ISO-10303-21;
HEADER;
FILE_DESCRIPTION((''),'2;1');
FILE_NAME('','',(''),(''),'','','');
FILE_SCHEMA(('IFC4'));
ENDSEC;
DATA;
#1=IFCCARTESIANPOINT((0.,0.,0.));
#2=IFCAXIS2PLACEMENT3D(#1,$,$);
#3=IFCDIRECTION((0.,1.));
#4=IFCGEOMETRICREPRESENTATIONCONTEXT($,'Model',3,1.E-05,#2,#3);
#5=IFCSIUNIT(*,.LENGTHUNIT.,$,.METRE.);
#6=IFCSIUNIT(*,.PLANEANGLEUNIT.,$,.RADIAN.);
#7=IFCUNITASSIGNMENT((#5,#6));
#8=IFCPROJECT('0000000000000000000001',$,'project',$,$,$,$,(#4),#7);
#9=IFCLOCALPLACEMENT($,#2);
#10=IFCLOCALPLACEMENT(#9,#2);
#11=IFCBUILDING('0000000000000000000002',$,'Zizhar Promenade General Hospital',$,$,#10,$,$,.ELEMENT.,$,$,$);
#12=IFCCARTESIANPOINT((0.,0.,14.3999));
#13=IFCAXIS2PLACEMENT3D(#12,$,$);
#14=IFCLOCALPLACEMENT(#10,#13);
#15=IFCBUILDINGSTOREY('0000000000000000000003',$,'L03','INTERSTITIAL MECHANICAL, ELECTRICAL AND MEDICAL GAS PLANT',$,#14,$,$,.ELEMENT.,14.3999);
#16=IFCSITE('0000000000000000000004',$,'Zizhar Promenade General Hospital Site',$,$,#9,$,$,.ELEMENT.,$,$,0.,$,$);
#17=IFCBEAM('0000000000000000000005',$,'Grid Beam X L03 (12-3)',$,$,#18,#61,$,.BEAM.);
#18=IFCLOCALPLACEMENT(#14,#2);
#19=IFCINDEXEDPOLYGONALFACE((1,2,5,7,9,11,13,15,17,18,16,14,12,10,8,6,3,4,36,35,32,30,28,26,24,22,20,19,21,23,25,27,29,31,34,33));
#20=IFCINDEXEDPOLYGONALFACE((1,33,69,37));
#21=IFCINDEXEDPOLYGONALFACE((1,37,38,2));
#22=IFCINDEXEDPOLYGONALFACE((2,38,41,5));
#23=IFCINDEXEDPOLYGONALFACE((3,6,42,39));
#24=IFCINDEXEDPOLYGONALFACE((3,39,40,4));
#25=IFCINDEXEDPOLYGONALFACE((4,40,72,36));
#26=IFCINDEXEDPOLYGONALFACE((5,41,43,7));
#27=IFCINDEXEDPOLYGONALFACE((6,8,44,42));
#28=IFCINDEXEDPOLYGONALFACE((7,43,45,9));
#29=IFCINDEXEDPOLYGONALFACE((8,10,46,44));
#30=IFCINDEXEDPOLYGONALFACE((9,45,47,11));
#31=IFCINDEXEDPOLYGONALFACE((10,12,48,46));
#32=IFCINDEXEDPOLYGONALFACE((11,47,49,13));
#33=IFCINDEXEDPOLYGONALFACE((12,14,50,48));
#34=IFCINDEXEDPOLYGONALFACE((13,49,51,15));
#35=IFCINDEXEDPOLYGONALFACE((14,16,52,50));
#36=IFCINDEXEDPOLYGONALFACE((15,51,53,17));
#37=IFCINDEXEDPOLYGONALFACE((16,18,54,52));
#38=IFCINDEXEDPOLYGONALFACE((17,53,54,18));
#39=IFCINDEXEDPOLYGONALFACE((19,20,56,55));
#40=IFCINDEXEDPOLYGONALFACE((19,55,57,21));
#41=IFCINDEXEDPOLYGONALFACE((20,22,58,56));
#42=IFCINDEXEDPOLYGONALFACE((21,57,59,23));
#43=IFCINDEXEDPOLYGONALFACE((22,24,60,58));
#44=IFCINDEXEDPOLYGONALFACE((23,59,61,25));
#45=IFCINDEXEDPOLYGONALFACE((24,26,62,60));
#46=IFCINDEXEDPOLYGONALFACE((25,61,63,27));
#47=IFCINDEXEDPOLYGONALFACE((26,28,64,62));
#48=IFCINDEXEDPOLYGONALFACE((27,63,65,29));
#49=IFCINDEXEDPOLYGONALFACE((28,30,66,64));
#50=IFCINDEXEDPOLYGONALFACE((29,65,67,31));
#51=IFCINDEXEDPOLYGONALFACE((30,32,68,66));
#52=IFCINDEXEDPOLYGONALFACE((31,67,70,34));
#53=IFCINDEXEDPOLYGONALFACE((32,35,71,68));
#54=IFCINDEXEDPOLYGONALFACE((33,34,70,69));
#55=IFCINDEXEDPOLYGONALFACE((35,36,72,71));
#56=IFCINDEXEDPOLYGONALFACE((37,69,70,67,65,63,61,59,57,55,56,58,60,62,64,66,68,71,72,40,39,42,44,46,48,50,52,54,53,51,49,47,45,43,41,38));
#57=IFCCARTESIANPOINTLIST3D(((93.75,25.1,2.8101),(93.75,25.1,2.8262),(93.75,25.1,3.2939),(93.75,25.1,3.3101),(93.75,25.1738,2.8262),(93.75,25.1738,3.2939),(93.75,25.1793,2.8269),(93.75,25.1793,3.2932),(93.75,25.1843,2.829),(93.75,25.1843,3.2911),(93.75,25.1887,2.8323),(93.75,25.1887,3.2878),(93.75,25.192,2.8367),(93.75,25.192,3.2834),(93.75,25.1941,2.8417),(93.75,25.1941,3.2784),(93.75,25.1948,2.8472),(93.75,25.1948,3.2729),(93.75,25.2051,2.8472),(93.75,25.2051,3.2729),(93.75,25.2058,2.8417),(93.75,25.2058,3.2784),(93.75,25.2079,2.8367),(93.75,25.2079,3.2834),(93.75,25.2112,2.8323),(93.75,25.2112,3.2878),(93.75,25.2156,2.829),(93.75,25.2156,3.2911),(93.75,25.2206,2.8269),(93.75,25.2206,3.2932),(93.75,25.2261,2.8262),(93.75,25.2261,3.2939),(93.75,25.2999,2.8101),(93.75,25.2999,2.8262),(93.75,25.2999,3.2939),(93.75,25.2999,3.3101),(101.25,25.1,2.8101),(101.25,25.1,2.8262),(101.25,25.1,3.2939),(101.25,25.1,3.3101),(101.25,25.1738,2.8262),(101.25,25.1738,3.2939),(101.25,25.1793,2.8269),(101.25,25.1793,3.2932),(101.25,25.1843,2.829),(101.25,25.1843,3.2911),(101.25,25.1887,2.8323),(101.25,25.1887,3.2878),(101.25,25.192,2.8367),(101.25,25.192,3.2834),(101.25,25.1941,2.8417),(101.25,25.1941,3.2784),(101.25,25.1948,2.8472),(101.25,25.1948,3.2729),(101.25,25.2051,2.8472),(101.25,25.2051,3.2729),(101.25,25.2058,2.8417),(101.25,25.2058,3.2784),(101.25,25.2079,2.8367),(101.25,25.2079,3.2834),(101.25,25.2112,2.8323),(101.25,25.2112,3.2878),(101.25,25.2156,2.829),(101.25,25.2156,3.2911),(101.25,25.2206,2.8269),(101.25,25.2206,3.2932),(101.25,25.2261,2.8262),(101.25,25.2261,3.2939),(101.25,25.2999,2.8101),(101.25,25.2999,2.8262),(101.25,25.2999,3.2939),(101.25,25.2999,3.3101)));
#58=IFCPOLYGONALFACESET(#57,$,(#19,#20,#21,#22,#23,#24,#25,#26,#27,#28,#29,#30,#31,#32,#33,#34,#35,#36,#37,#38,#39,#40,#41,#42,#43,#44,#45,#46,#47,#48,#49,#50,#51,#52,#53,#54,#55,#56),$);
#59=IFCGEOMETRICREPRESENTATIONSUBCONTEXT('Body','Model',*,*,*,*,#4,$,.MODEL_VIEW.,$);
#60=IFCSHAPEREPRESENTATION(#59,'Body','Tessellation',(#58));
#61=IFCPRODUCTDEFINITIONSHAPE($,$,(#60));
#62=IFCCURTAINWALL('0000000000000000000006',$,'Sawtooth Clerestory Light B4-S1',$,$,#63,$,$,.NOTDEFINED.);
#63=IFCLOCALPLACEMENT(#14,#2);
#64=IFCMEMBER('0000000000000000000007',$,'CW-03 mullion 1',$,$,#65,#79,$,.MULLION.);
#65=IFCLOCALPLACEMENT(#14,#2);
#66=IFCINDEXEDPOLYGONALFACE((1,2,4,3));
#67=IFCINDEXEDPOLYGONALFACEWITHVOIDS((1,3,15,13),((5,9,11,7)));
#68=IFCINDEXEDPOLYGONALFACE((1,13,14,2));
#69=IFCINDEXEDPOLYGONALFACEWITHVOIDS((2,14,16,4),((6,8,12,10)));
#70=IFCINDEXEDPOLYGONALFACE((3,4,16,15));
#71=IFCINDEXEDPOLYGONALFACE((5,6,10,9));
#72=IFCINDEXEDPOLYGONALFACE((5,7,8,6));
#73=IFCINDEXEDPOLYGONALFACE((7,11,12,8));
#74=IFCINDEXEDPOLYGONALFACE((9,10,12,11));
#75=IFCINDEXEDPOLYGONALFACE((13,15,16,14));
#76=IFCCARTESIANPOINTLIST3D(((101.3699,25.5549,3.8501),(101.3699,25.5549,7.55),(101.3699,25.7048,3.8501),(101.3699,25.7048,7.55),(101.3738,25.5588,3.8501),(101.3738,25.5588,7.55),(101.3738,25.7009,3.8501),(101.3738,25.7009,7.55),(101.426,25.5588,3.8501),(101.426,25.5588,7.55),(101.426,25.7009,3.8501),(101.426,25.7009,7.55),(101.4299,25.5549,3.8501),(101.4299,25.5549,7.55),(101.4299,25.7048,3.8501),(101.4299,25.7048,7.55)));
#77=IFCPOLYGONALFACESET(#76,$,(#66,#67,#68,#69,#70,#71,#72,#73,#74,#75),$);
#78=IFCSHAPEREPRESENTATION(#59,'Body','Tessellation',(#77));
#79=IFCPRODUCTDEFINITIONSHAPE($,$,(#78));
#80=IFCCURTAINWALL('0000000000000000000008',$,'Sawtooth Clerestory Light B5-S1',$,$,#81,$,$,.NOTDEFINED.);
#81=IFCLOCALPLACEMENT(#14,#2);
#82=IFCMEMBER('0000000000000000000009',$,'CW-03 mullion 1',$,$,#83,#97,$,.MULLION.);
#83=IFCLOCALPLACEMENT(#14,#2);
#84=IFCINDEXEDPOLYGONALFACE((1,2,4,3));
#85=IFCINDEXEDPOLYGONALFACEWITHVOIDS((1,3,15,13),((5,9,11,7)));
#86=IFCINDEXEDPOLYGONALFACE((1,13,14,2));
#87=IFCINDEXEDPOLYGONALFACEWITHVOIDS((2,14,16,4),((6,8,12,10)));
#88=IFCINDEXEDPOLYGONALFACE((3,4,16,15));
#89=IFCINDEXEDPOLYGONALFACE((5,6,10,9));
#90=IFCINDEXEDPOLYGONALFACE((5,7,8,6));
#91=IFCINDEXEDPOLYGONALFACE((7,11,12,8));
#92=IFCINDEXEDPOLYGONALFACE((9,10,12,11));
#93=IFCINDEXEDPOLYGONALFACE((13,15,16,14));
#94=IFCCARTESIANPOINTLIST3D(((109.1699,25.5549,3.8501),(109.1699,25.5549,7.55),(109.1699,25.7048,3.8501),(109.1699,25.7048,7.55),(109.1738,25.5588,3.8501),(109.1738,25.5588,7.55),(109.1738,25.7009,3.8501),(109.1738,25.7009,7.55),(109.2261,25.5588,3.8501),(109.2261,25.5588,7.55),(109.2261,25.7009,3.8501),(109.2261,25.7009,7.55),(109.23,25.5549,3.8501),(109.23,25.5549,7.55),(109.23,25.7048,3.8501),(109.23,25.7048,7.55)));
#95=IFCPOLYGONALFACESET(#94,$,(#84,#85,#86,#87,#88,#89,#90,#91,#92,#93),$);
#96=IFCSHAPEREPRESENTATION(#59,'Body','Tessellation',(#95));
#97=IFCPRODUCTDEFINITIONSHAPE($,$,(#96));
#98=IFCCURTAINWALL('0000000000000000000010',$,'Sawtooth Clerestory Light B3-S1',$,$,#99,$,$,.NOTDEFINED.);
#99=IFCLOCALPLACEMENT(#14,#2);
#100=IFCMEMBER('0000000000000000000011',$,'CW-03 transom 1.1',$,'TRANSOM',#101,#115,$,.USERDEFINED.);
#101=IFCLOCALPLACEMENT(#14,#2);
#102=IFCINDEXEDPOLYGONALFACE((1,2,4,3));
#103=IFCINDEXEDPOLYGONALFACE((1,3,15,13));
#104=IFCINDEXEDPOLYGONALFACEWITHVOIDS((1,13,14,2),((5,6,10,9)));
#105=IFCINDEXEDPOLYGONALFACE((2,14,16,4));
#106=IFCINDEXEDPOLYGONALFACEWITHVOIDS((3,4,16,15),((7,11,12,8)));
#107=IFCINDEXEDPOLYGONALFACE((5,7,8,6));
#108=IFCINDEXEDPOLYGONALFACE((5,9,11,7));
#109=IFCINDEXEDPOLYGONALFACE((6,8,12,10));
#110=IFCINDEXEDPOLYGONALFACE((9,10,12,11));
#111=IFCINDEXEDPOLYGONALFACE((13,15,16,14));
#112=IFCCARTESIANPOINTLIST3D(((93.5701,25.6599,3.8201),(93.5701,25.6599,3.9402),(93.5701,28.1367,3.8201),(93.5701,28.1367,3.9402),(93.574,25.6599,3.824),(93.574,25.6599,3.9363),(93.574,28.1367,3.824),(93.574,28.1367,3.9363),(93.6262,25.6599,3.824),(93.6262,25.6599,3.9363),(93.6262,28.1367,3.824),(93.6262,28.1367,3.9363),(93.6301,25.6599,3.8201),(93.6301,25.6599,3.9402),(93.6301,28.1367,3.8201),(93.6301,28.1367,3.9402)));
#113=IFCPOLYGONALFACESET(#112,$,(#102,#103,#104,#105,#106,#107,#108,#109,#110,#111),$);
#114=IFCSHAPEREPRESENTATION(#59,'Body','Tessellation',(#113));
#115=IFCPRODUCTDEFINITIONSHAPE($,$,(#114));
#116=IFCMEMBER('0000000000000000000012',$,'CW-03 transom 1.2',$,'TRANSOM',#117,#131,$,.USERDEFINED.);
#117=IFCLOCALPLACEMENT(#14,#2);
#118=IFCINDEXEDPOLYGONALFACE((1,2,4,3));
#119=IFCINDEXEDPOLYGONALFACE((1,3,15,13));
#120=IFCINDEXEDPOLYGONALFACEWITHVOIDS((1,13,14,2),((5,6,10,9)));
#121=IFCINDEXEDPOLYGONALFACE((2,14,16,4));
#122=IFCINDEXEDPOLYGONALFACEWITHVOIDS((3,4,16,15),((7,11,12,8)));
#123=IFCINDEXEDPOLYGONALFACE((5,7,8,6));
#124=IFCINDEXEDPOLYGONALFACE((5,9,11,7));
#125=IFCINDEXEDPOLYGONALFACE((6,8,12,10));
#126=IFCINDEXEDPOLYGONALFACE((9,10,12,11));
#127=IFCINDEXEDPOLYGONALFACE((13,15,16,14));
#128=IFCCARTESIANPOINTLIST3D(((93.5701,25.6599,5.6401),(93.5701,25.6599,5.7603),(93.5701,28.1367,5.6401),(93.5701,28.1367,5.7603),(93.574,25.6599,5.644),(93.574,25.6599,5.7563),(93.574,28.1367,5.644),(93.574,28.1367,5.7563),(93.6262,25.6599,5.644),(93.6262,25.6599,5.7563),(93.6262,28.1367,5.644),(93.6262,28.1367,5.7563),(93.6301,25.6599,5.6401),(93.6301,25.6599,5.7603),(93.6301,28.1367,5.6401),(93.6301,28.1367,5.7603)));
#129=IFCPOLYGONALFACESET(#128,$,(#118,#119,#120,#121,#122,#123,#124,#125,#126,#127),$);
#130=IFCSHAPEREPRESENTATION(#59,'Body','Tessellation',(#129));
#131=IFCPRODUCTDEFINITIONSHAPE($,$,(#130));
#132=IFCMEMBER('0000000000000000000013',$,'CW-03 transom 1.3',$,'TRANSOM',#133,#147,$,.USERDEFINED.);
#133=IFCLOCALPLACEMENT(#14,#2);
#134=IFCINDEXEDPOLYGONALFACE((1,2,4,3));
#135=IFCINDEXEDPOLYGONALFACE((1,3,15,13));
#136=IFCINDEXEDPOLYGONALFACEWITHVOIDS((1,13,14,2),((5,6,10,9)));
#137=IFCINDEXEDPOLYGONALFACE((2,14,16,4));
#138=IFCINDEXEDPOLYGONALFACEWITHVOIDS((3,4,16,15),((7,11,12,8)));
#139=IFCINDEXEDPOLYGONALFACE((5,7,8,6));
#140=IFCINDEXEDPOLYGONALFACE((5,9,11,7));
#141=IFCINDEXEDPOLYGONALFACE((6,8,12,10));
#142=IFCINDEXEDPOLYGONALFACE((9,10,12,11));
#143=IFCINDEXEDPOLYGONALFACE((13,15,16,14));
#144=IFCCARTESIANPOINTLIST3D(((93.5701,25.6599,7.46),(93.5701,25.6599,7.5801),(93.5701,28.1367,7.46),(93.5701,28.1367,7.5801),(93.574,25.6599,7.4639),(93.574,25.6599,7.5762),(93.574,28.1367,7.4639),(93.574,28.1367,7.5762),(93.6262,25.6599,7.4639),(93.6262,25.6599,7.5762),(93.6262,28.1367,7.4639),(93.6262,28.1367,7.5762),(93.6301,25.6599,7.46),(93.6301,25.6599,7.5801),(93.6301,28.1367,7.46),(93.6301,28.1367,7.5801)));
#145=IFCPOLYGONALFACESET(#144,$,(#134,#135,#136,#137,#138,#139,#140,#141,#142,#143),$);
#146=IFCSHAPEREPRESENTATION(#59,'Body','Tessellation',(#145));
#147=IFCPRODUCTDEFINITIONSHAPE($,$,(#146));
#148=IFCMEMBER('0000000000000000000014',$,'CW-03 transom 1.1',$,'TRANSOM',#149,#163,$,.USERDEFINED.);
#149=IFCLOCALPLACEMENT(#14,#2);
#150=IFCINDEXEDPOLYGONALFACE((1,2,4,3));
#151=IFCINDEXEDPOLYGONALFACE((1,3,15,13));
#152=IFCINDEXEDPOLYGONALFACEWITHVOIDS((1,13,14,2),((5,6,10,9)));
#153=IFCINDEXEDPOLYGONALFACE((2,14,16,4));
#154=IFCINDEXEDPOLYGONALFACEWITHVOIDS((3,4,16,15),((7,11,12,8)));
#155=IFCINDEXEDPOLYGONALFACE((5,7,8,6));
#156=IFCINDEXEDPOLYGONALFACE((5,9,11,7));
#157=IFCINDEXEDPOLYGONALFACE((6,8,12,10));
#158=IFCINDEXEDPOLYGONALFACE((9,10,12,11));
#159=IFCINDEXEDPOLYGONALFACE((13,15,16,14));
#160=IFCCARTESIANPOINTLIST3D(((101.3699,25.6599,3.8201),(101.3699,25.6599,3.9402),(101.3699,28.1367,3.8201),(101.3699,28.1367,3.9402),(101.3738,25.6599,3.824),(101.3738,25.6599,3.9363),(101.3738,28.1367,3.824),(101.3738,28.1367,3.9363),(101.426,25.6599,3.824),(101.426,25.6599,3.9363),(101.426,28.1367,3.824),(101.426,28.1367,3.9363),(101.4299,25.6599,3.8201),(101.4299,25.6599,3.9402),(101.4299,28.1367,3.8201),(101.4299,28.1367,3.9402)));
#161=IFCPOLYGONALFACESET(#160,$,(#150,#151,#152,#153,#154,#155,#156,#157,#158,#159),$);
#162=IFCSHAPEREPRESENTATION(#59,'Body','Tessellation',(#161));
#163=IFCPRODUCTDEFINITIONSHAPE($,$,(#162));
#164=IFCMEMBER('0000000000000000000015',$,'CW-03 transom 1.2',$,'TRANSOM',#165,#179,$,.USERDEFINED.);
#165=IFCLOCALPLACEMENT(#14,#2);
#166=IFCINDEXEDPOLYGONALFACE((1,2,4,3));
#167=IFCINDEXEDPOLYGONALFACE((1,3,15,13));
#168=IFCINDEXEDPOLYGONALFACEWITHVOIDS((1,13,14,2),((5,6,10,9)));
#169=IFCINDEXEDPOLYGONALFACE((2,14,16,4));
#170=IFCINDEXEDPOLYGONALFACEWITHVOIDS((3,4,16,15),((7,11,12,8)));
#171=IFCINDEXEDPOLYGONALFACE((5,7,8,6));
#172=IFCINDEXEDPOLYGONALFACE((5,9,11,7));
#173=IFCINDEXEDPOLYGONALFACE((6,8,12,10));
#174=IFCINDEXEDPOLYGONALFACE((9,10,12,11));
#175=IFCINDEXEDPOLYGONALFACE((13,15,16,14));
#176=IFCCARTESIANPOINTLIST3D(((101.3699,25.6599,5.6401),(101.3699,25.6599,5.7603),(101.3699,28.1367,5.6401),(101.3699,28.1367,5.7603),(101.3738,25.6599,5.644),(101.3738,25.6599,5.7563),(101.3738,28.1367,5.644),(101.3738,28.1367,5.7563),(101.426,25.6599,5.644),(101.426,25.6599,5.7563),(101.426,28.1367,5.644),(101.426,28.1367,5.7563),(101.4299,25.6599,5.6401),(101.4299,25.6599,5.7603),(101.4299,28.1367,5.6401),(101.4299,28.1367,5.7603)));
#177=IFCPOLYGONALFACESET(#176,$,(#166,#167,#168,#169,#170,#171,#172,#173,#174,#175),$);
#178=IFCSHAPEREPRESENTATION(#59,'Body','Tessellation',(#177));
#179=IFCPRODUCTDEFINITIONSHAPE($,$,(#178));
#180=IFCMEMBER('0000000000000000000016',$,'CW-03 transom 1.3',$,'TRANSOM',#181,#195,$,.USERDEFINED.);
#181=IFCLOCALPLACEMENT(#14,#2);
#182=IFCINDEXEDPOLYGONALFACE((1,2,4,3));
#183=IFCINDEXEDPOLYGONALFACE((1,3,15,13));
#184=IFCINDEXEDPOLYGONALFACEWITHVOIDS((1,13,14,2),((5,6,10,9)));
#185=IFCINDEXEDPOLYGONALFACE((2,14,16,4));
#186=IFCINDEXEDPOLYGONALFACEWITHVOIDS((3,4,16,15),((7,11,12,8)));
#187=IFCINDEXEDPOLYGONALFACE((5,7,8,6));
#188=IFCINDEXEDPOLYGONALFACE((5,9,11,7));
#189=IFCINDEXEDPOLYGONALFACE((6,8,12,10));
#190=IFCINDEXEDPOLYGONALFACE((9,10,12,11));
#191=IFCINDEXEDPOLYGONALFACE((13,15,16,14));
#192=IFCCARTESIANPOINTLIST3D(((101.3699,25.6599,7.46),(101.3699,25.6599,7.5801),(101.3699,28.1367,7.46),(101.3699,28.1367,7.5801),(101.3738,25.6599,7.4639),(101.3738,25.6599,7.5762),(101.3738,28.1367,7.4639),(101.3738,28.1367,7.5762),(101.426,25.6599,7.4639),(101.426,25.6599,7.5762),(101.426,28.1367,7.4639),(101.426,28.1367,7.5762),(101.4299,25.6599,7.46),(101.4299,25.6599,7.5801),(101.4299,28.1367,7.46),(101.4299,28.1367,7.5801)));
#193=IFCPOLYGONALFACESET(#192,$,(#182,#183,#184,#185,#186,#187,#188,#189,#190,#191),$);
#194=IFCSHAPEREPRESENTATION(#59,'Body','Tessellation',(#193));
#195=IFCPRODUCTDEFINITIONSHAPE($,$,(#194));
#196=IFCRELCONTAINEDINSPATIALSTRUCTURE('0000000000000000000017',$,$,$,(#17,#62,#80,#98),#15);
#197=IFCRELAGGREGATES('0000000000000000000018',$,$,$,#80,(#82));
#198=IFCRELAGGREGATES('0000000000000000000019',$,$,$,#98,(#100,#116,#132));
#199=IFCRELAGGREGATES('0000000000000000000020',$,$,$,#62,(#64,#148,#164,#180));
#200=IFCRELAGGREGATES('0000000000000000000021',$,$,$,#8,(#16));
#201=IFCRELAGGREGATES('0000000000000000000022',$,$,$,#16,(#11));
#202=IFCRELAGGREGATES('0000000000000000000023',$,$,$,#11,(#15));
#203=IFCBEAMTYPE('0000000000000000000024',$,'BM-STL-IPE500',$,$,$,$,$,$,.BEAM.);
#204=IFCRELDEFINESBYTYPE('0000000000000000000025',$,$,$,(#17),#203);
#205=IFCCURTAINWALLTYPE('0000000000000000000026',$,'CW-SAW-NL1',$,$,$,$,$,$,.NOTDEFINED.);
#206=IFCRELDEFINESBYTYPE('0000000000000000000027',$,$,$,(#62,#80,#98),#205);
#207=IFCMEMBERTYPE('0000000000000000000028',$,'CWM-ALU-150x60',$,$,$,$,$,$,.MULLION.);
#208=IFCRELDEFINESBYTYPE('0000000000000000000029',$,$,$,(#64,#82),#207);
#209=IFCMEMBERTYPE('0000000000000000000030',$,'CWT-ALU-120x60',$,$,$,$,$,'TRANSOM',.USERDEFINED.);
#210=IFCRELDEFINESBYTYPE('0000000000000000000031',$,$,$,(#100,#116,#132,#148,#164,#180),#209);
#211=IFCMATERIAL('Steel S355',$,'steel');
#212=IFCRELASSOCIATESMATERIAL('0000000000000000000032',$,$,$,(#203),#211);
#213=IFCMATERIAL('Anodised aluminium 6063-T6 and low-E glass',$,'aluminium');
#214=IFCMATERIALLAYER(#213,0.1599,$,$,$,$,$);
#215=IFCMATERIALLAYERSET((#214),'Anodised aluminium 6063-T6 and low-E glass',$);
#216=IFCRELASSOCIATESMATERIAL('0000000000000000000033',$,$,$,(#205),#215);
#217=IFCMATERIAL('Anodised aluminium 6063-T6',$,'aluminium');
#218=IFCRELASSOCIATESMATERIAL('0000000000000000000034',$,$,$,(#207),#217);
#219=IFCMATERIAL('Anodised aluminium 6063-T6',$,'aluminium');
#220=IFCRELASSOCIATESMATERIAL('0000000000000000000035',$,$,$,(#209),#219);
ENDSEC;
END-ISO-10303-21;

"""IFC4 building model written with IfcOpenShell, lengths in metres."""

from ifc_helpers import new_model, si_unit, direction, frame, origin, origin_2d, place, context, subcontext, project, spatial, hollow_rectangle, i_section, extrude, material, layer, layer_set, material_profile, profile_set, type_object, element, aggregate, save


model = new_model("IFC4")

# Units and contexts
model_context = context("Model", 3, precision=1e-05, world=origin(), true_north=direction((0.0, 1.0)))
body_context = subcontext(model_context, "Body", "Model", "MODEL_VIEW")
ifc_project = project(units=[si_unit("LENGTHUNIT", "METRE"), si_unit("PLANEANGLEUNIT", "RADIAN")], contexts=[model_context])

# Site, building, storey
site_placement = place(None, origin())
site = spatial("IfcSite", under=ifc_project, at=site_placement, Name="Zizhar Promenade General Hospital Site", CompositionType="ELEMENT", RefElevation=0.0)
building_placement = place(site_placement, origin())
building = spatial("IfcBuilding", under=site, at=building_placement, Name="Zizhar Promenade General Hospital", CompositionType="ELEMENT")
storey_placement = place(building_placement, frame((0.0, 0.0, 14.3999)))
storey = spatial("IfcBuildingStorey", under=building, at=storey_placement, Name="L03", Description="INTERSTITIAL MECHANICAL, ELECTRICAL AND MEDICAL GAS PLANT", CompositionType="ELEMENT", Elevation=14.3999)

# Beam
ifc_material_1 = material(Name="Steel S355", Category="steel")
ifc_material_profile_1 = material_profile(ifc_material_1, i_section(OverallWidth=0.2, OverallDepth=0.5, WebThickness=0.0103, FlangeThickness=0.0161, FilletRadius=0.021, at=origin_2d()))
ifc_profile_set_1 = profile_set([ifc_material_profile_1], Name="Steel S355")
beam_type_1 = type_object("IfcBeamType", Name="BM-STL-IPE500", PredefinedType="BEAM", material=ifc_profile_set_1)
beam_1_placement = place(storey_placement, frame((93.75, 25.2, 3.0601), z_axis=(1.0, 0.0, 0.0), x_axis=(0.0, 1.0, 0.0)))
element("IfcBeam", 1, at=beam_1_placement, inside=storey, type_object=beam_type_1, Name="Grid Beam X L03 (12-3)", PredefinedType="BEAM", context=body_context, shape_type="SweptSolid", body=[
    extrude(i_section(OverallWidth=0.2, OverallDepth=0.5, WebThickness=0.0103, FlangeThickness=0.0161, FilletRadius=0.021, at=origin_2d()), origin(), (0.0, 0.0, 1.0), 7.5),
])

# Curtain walls, members
ifc_material_2 = material(Name="Anodised aluminium 6063-T6 and low-E glass", Category="aluminium")
ifc_layer_1 = layer(ifc_material_2, 0.1599)
ifc_layer_set_1 = layer_set([ifc_layer_1], Name="Anodised aluminium 6063-T6 and low-E glass")
curtain_wall_type = type_object("IfcCurtainWallType", Name="CW-SAW-NL1", PredefinedType="NOTDEFINED", material=ifc_layer_set_1)
curtain_wall_1_placement = place(storey_placement, origin())
curtain_wall_1 = element("IfcCurtainWall", 2, at=curtain_wall_1_placement, inside=storey, type_object=curtain_wall_type, Name="Sawtooth Clerestory Light B4-S1", PredefinedType="NOTDEFINED")
ifc_material_3 = material(Name="Anodised aluminium 6063-T6", Category="aluminium")
ifc_material_profile_2 = material_profile(ifc_material_3, hollow_rectangle(XDim=0.0601, YDim=0.1499, WallThickness=0.0039, at=origin_2d()))
ifc_profile_set_2 = profile_set([ifc_material_profile_2], Name="Anodised aluminium 6063-T6")
member_type_1 = type_object("IfcMemberType", Name="CWM-ALU-150x60", PredefinedType="MULLION", material=ifc_profile_set_2)
member_1_placement = place(storey_placement, frame((101.3999, 25.6299, 3.8501), z_axis=(0.0, 0.0, 1.0), x_axis=(-1.0, 0.0, 0.0)))
member_1 = element("IfcMember", 3, at=member_1_placement, type_object=member_type_1, Name="CW-03 mullion 1", PredefinedType="MULLION", context=body_context, shape_type="SweptSolid", body=[
    extrude(hollow_rectangle(XDim=0.0601, YDim=0.1499, WallThickness=0.0039, at=origin_2d()), origin(), (0.0, 0.0, 1.0), 3.7),
])
curtain_wall_2_placement = place(storey_placement, origin())
curtain_wall_2 = element("IfcCurtainWall", 4, at=curtain_wall_2_placement, inside=storey, type_object=curtain_wall_type, Name="Sawtooth Clerestory Light B5-S1", PredefinedType="NOTDEFINED")
member_2_placement = place(storey_placement, frame((109.2, 25.6299, 3.8501), z_axis=(0.0, 0.0, 1.0), x_axis=(-1.0, 0.0, 0.0)))
member_2 = element("IfcMember", 5, at=member_2_placement, type_object=member_type_1, Name="CW-03 mullion 1", PredefinedType="MULLION", context=body_context, shape_type="SweptSolid", body=[
    extrude(hollow_rectangle(XDim=0.0601, YDim=0.1499, WallThickness=0.0039, at=origin_2d()), origin(), (0.0, 0.0, 1.0), 3.7),
])
aggregate(curtain_wall_2, [member_2])

# Curtain wall, members
curtain_wall_3_placement = place(storey_placement, origin())
curtain_wall_3 = element("IfcCurtainWall", 6, at=curtain_wall_3_placement, inside=storey, type_object=curtain_wall_type, Name="Sawtooth Clerestory Light B3-S1", PredefinedType="NOTDEFINED")
ifc_material_4 = material(Name="Anodised aluminium 6063-T6", Category="aluminium")
ifc_material_profile_3 = material_profile(ifc_material_4, hollow_rectangle(XDim=0.0601, YDim=0.1201, WallThickness=0.0039, at=origin_2d()))
ifc_profile_set_3 = profile_set([ifc_material_profile_3], Name="Anodised aluminium 6063-T6")
member_type_2 = type_object("IfcMemberType", Name="CWT-ALU-120x60", ElementType="TRANSOM", PredefinedType="USERDEFINED", material=ifc_profile_set_3)
member_3_placement = place(storey_placement, frame((93.6001, 25.6599, 3.8801), z_axis=(0.0, 1.0, 0.0), x_axis=(-1.0, 0.0, 0.0)))
member_3 = element("IfcMember", 7, at=member_3_placement, type_object=member_type_2, Name="CW-03 transom 1.1", ObjectType="TRANSOM", PredefinedType="USERDEFINED", context=body_context, shape_type="SweptSolid", body=[
    extrude(hollow_rectangle(XDim=0.0601, YDim=0.1201, WallThickness=0.0039, at=origin_2d()), origin(), (0.0, 0.0, 1.0), 2.4768),
])
member_4_placement = place(storey_placement, frame((93.6001, 25.6599, 5.7002), z_axis=(0.0, 1.0, 0.0), x_axis=(-1.0, 0.0, 0.0)))
member_4 = element("IfcMember", 8, at=member_4_placement, type_object=member_type_2, Name="CW-03 transom 1.2", ObjectType="TRANSOM", PredefinedType="USERDEFINED", context=body_context, shape_type="SweptSolid", body=[
    extrude(hollow_rectangle(XDim=0.0601, YDim=0.1201, WallThickness=0.0039, at=origin_2d()), origin(), (0.0, 0.0, 1.0), 2.4768),
])
member_5_placement = place(storey_placement, frame((93.6001, 25.6599, 7.52), z_axis=(0.0, 1.0, 0.0), x_axis=(-1.0, 0.0, 0.0)))
member_5 = element("IfcMember", 9, at=member_5_placement, type_object=member_type_2, Name="CW-03 transom 1.3", ObjectType="TRANSOM", PredefinedType="USERDEFINED", context=body_context, shape_type="SweptSolid", body=[
    extrude(hollow_rectangle(XDim=0.0601, YDim=0.1201, WallThickness=0.0039, at=origin_2d()), origin(), (0.0, 0.0, 1.0), 2.4768),
])
aggregate(curtain_wall_3, [member_3, member_4, member_5])

# Members
member_6_placement = place(storey_placement, frame((101.3999, 25.6599, 3.8801), z_axis=(0.0, 1.0, 0.0), x_axis=(-1.0, 0.0, 0.0)))
member_6 = element("IfcMember", 10, at=member_6_placement, type_object=member_type_2, Name="CW-03 transom 1.1", ObjectType="TRANSOM", PredefinedType="USERDEFINED", context=body_context, shape_type="SweptSolid", body=[
    extrude(hollow_rectangle(XDim=0.0601, YDim=0.1201, WallThickness=0.0039, at=origin_2d()), origin(), (0.0, 0.0, 1.0), 2.4768),
])
member_7_placement = place(storey_placement, frame((101.3999, 25.6599, 5.7002), z_axis=(0.0, 1.0, 0.0), x_axis=(-1.0, 0.0, 0.0)))
member_7 = element("IfcMember", 11, at=member_7_placement, type_object=member_type_2, Name="CW-03 transom 1.2", ObjectType="TRANSOM", PredefinedType="USERDEFINED", context=body_context, shape_type="SweptSolid", body=[
    extrude(hollow_rectangle(XDim=0.0601, YDim=0.1201, WallThickness=0.0039, at=origin_2d()), origin(), (0.0, 0.0, 1.0), 2.4768),
])
member_8_placement = place(storey_placement, frame((101.3999, 25.6599, 7.52), z_axis=(0.0, 1.0, 0.0), x_axis=(-1.0, 0.0, 0.0)))
member_8 = element("IfcMember", 12, at=member_8_placement, type_object=member_type_2, Name="CW-03 transom 1.3", ObjectType="TRANSOM", PredefinedType="USERDEFINED", context=body_context, shape_type="SweptSolid", body=[
    extrude(hollow_rectangle(XDim=0.0601, YDim=0.1201, WallThickness=0.0039, at=origin_2d()), origin(), (0.0, 0.0, 1.0), 2.4768),
])
aggregate(curtain_wall_1, [member_1, member_6, member_7, member_8])

save(model, "model.ifc")
